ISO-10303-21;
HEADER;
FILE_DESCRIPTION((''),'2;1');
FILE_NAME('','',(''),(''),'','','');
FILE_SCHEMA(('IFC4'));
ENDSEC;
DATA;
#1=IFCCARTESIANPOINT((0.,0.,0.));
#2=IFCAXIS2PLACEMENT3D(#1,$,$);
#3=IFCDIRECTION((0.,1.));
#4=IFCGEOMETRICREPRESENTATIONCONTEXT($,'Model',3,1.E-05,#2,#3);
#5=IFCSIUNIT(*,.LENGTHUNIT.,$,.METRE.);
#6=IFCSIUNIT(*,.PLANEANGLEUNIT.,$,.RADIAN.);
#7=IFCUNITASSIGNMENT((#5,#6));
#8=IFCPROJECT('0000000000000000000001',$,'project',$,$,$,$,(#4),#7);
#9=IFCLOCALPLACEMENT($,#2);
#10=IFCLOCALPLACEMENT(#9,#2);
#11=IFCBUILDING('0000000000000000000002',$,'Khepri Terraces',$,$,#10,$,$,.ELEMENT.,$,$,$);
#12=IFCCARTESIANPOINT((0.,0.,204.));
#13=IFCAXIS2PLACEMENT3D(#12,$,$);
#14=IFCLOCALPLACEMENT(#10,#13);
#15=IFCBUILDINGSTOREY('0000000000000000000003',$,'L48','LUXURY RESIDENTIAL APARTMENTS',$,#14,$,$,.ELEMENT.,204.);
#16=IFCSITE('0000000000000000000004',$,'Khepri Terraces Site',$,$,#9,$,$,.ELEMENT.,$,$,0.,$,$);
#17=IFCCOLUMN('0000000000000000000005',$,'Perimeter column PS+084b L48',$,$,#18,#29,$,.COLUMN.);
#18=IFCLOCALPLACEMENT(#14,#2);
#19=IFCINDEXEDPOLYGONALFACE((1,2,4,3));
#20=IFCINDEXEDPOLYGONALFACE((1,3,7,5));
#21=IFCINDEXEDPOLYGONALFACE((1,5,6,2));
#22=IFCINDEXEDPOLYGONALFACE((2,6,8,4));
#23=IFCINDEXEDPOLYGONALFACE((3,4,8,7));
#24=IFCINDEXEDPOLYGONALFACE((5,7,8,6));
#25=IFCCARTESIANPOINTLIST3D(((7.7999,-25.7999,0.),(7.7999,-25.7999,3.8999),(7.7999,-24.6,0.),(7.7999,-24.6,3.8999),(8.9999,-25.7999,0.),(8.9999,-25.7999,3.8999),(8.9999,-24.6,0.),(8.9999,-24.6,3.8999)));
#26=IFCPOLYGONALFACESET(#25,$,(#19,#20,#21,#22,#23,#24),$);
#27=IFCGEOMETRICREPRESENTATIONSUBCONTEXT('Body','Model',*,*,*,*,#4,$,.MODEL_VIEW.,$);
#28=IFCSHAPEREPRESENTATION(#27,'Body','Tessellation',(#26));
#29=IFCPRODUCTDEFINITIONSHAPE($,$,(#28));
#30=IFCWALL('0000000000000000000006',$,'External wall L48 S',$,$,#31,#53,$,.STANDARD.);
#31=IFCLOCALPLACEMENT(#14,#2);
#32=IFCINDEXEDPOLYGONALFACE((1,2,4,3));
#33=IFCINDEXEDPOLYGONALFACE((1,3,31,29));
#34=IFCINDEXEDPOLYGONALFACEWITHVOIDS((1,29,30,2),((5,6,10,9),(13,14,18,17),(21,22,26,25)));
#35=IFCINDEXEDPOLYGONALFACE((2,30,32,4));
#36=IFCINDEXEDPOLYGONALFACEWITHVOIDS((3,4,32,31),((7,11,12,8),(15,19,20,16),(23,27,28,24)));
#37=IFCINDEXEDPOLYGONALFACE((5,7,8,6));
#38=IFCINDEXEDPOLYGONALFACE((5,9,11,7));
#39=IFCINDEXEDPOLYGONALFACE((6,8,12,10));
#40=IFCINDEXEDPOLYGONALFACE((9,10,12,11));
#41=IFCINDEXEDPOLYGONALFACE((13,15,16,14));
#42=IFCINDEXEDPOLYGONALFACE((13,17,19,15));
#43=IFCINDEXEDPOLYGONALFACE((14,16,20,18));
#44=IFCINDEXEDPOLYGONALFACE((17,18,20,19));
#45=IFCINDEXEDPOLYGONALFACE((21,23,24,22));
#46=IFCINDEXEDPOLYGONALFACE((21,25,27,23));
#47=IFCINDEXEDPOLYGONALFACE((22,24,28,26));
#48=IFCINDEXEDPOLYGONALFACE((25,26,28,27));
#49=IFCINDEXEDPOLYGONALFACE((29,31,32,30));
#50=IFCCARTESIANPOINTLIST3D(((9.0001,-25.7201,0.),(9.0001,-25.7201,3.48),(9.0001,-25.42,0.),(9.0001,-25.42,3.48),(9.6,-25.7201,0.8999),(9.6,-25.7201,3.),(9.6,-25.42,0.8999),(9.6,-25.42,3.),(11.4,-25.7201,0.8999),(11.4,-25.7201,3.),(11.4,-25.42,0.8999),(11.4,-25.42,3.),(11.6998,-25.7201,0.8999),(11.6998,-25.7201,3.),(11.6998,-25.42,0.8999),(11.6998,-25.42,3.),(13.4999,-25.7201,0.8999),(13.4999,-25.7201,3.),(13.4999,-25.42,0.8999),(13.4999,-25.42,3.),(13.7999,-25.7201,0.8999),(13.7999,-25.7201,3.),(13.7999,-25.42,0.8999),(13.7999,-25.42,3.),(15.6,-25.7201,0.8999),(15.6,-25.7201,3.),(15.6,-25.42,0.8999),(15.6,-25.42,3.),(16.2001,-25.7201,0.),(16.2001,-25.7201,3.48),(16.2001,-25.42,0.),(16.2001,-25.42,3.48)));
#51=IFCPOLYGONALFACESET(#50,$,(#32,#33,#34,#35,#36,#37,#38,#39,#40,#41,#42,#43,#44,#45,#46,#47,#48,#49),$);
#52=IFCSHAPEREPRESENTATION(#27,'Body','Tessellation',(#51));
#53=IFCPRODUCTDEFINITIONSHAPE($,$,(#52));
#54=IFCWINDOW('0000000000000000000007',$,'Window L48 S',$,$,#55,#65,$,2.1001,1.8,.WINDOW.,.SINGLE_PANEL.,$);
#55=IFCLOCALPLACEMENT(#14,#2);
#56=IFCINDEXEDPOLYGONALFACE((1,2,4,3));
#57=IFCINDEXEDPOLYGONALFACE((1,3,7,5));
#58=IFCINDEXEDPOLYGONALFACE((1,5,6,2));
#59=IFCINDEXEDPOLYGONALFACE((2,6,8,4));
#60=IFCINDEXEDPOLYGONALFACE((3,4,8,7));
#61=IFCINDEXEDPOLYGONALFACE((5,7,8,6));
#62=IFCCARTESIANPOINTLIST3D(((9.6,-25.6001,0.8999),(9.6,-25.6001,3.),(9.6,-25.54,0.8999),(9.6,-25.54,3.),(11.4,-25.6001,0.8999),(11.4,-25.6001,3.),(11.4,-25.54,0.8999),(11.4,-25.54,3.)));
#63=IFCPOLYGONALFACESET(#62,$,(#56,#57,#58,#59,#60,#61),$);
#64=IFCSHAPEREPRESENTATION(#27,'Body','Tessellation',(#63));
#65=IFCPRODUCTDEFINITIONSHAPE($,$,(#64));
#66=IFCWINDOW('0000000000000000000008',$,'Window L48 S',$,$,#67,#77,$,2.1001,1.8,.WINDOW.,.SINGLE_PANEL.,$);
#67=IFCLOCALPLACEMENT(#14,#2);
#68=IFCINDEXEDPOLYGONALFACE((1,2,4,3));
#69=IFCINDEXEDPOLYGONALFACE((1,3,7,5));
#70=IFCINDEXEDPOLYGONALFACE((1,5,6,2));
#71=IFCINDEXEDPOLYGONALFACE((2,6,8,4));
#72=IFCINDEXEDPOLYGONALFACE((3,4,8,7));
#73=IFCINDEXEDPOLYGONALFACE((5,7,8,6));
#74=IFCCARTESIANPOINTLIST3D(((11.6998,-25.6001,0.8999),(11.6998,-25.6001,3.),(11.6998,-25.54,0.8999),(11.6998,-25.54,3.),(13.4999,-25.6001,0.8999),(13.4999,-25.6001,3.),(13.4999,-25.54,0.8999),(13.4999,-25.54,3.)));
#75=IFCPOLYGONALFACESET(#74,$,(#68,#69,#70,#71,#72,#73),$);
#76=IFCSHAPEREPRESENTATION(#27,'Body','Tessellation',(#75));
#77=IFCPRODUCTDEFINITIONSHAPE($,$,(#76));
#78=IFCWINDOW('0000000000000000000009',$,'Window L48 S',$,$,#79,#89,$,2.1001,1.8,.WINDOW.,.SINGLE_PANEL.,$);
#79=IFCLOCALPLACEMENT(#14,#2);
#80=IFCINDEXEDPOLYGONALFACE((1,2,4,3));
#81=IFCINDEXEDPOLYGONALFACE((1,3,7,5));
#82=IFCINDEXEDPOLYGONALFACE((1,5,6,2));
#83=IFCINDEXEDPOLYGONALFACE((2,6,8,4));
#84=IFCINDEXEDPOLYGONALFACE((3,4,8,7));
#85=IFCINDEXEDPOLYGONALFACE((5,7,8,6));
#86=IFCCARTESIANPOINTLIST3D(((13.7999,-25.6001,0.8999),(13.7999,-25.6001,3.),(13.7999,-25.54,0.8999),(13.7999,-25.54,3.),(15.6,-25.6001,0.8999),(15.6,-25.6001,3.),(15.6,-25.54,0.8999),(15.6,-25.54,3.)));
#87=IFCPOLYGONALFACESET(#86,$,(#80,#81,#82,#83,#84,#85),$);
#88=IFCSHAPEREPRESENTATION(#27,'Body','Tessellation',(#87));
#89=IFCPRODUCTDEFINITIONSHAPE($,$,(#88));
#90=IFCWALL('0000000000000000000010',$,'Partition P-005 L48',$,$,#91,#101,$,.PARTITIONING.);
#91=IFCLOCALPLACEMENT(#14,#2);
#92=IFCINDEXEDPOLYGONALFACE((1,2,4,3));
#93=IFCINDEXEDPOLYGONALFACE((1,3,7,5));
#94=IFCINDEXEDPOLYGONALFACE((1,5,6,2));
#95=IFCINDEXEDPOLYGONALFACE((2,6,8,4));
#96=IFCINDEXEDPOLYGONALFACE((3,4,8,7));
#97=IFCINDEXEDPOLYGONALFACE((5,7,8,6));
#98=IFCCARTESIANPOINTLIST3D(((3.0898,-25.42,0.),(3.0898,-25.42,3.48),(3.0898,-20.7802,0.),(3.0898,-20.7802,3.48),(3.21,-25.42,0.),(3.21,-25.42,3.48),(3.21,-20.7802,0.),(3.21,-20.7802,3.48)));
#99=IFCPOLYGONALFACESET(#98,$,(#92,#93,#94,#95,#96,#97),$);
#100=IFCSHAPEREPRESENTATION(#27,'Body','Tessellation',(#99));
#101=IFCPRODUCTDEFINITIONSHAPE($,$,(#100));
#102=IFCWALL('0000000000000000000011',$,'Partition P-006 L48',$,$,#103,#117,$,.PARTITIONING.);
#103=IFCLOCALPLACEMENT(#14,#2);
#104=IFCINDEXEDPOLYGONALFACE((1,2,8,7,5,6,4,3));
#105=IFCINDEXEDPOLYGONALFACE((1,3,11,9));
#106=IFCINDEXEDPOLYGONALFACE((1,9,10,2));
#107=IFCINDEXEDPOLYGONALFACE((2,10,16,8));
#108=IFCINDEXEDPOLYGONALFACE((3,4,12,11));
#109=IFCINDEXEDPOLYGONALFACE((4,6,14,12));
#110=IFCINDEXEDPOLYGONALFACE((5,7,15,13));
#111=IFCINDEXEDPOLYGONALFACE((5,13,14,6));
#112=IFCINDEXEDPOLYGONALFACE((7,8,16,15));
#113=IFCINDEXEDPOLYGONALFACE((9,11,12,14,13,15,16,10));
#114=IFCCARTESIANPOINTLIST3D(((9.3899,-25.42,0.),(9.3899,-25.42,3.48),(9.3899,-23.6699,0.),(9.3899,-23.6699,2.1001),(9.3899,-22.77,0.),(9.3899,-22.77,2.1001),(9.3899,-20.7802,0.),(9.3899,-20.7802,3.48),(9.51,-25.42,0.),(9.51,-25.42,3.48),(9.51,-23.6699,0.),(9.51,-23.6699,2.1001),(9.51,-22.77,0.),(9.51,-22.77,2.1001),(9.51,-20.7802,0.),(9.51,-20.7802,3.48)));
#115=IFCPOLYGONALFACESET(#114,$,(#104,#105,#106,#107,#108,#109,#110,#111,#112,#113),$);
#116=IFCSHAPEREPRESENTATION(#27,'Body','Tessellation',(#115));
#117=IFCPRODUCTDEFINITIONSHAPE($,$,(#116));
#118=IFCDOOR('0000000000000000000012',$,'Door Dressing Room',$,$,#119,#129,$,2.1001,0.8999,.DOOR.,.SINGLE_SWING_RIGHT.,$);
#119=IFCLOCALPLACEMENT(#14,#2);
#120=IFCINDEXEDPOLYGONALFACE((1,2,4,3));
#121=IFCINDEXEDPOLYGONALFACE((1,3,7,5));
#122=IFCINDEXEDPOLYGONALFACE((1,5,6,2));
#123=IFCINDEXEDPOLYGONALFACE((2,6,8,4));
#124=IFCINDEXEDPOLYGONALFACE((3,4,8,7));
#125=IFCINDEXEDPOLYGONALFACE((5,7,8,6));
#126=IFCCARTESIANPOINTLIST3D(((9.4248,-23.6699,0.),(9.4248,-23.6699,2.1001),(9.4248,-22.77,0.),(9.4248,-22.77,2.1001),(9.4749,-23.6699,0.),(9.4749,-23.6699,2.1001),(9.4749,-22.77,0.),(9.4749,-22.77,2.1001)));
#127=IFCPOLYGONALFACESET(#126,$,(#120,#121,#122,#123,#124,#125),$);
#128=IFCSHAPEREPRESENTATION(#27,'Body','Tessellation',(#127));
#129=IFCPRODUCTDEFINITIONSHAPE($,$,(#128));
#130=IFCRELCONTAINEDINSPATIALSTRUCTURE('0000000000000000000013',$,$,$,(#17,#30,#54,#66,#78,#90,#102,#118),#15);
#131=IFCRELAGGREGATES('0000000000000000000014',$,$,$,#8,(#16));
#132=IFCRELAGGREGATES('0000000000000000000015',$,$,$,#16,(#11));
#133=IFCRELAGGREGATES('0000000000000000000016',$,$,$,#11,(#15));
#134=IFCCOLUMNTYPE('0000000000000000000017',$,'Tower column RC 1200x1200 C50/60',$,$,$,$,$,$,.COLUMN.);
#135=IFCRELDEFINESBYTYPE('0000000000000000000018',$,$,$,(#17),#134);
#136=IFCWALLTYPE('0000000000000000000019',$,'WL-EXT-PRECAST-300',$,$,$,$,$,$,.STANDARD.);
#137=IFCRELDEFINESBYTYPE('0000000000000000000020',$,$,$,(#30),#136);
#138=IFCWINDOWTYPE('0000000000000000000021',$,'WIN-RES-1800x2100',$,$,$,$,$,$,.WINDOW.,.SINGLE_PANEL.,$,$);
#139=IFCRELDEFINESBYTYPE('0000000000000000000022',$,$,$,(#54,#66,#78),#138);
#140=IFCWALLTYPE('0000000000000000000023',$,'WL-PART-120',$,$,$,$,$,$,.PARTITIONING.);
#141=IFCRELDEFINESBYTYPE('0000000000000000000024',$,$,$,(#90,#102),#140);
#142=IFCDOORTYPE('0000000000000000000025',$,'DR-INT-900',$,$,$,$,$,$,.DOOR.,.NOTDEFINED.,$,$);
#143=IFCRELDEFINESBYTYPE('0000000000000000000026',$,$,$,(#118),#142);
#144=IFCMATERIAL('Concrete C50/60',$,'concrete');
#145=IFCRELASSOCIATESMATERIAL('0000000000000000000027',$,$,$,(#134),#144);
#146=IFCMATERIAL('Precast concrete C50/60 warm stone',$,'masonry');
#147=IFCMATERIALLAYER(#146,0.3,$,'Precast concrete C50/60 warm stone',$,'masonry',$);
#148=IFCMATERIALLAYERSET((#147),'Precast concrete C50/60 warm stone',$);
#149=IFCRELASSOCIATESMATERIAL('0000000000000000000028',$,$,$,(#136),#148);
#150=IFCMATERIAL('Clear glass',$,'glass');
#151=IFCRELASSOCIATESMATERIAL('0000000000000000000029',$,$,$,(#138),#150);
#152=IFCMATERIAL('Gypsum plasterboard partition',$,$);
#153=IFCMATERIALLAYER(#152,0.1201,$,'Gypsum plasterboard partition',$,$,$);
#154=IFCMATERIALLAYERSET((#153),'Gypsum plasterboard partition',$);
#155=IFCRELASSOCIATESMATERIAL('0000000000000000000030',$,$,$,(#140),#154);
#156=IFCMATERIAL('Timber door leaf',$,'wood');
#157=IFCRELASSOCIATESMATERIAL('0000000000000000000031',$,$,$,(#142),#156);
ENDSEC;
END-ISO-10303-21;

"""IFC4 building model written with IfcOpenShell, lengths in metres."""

from ifc_helpers import new_model, si_unit, direction, frame, frame_2d, origin, origin_2d, place, context, subcontext, project, spatial, rectangle, extrude, material, layer, layer_set, material_profile, profile_set, type_object, element, fill, save


model = new_model("IFC4")

# Units and contexts
model_context = context("Model", 3, precision=1e-05, world=origin(), true_north=direction((0.0, 1.0)))
body_context = subcontext(model_context, "Body", "Model", "MODEL_VIEW")
ifc_project = project(units=[si_unit("LENGTHUNIT", "METRE"), si_unit("PLANEANGLEUNIT", "RADIAN")], contexts=[model_context])

# Site, building, storey
site_placement = place(None, origin())
site = spatial("IfcSite", under=ifc_project, at=site_placement, Name="Khepri Terraces Site", CompositionType="ELEMENT", RefElevation=0.0)
building_placement = place(site_placement, origin())
building = spatial("IfcBuilding", under=site, at=building_placement, Name="Khepri Terraces", CompositionType="ELEMENT")
storey_placement = place(building_placement, frame((0.0, 0.0, 204.0)))
storey = spatial("IfcBuildingStorey", under=building, at=storey_placement, Name="L48", Description="LUXURY RESIDENTIAL APARTMENTS", CompositionType="ELEMENT", Elevation=204.0)

# Column
ifc_material_1 = material(Name="Concrete C50/60", Category="concrete")
ifc_material_profile = material_profile(ifc_material_1, rectangle(XDim=1.2, YDim=1.2, at=origin_2d()), Name="Concrete C50/60", Category="concrete")
ifc_profile_set = profile_set([ifc_material_profile], Name="Concrete C50/60")
column_type = type_object("IfcColumnType", Name="Tower column RC 1200x1200 C50/60", PredefinedType="COLUMN", material=ifc_profile_set)
column_placement = place(storey_placement, frame((8.3999, -25.2, 0.0), z_axis=(0.0, 0.0, 1.0), x_axis=(1.0, 0.0, 0.0)))
element("IfcColumn", 1, at=column_placement, inside=storey, type_object=column_type, Name="Perimeter column PS+084b L48", PredefinedType="COLUMN", context=body_context, shape_type="SweptSolid", body=[
    extrude(rectangle(XDim=1.2, YDim=1.2, at=origin_2d()), origin(), (0.0, 0.0, 1.0), 3.8999),
])

# Shared definitions
ifc_material_2 = material(Name="Precast concrete C50/60 warm stone", Category="masonry")
ifc_layer_1 = layer(ifc_material_2, 0.3, Name="Precast concrete C50/60 warm stone", Category="masonry")
ifc_layer_set_1 = layer_set([ifc_layer_1], Name="Precast concrete C50/60 warm stone")
wall_type_1 = type_object("IfcWallType", Name="WL-EXT-PRECAST-300", PredefinedType="STANDARD", material=ifc_layer_set_1)
ifc_material_3 = material(Name="Clear glass", Category="glass")
window_type = type_object("IfcWindowType", Name="WIN-RES-1800x2100", PartitioningType="SINGLE_PANEL", PredefinedType="WINDOW", material=ifc_material_3)

# Wall, openings, windows
wall_1_placement = place(storey_placement, frame((9.0, -25.5701, 0.0), z_axis=(0.0, 0.0, 1.0), x_axis=(1.0, 0.0, 0.0)))
wall_1 = element("IfcWall", 2, at=wall_1_placement, inside=storey, type_object=wall_type_1, Name="External wall L48 S", PredefinedType="STANDARD", context=body_context, shape_type="SweptSolid", body=[
    extrude(rectangle(XDim=7.2, YDim=0.3, at=frame_2d((3.6001, 0.0))), origin(), (0.0, 0.0, 1.0), 3.48),
])
opening_1_placement = place(wall_1_placement, frame((0.6001, 0.0, 0.8999)))
opening_1 = element("IfcOpeningElement", 3, at=opening_1_placement, cuts=wall_1, PredefinedType="OPENING", context=body_context, shape_type="SweptSolid", body=[
    extrude(rectangle(XDim=1.8, YDim=2.1001, at=frame_2d((0.8999, 1.05))), frame((0.0, 0.1602, 0.0), z_axis=(0.0, -1.0, 0.0), x_axis=(1.0, 0.0, 0.0)), (0.0, 0.0, 1.0), 0.3201),
])
opening_2_placement = place(wall_1_placement, frame((2.7, 0.0, 0.8999)))
opening_2 = element("IfcOpeningElement", 4, at=opening_2_placement, cuts=wall_1, PredefinedType="OPENING", context=body_context, shape_type="SweptSolid", body=[
    extrude(rectangle(XDim=1.8, YDim=2.1001, at=frame_2d((0.8999, 1.05))), frame((0.0, 0.1602, 0.0), z_axis=(0.0, -1.0, 0.0), x_axis=(1.0, 0.0, 0.0)), (0.0, 0.0, 1.0), 0.3201),
])
opening_3_placement = place(wall_1_placement, frame((4.8, 0.0, 0.8999)))
opening_3 = element("IfcOpeningElement", 5, at=opening_3_placement, cuts=wall_1, PredefinedType="OPENING", context=body_context, shape_type="SweptSolid", body=[
    extrude(rectangle(XDim=1.8, YDim=2.1001, at=frame_2d((0.8999, 1.05))), frame((0.0, 0.1602, 0.0), z_axis=(0.0, -1.0, 0.0), x_axis=(1.0, 0.0, 0.0)), (0.0, 0.0, 1.0), 0.3201),
])
window_1_placement = place(opening_1_placement, origin())
window_1 = element("IfcWindow", 6, at=window_1_placement, inside=storey, type_object=window_type, Name="Window L48 S", OverallHeight=2.1001, OverallWidth=1.8, PartitioningType="SINGLE_PANEL", PredefinedType="WINDOW", context=body_context, shape_type="SweptSolid", body=[
    extrude(rectangle(XDim=1.8, YDim=2.1001, at=frame_2d((0.8999, 1.05))), frame((0.0, 0.03, 0.0), z_axis=(0.0, -1.0, 0.0), x_axis=(1.0, 0.0, 0.0)), (0.0, 0.0, 1.0), 0.0601),
])
fill(opening_1, window_1)
window_2_placement = place(opening_2_placement, origin())
window_2 = element("IfcWindow", 7, at=window_2_placement, inside=storey, type_object=window_type, Name="Window L48 S", OverallHeight=2.1001, OverallWidth=1.8, PartitioningType="SINGLE_PANEL", PredefinedType="WINDOW", context=body_context, shape_type="SweptSolid", body=[
    extrude(rectangle(XDim=1.8, YDim=2.1001, at=frame_2d((0.8999, 1.05))), frame((0.0, 0.03, 0.0), z_axis=(0.0, -1.0, 0.0), x_axis=(1.0, 0.0, 0.0)), (0.0, 0.0, 1.0), 0.0601),
])
fill(opening_2, window_2)
window_3_placement = place(opening_3_placement, origin())
window_3 = element("IfcWindow", 8, at=window_3_placement, inside=storey, type_object=window_type, Name="Window L48 S", OverallHeight=2.1001, OverallWidth=1.8, PartitioningType="SINGLE_PANEL", PredefinedType="WINDOW", context=body_context, shape_type="SweptSolid", body=[
    extrude(rectangle(XDim=1.8, YDim=2.1001, at=frame_2d((0.8999, 1.05))), frame((0.0, 0.03, 0.0), z_axis=(0.0, -1.0, 0.0), x_axis=(1.0, 0.0, 0.0)), (0.0, 0.0, 1.0), 0.0601),
])
fill(opening_3, window_3)

# Wall
ifc_material_4 = material(Name="Gypsum plasterboard partition")
ifc_layer_2 = layer(ifc_material_4, 0.1201, Name="Gypsum plasterboard partition")
ifc_layer_set_2 = layer_set([ifc_layer_2], Name="Gypsum plasterboard partition")
wall_type_2 = type_object("IfcWallType", Name="WL-PART-120", PredefinedType="PARTITIONING", material=ifc_layer_set_2)
wall_2_placement = place(storey_placement, frame((3.1499, -25.4199, 0.0), z_axis=(0.0, 0.0, 1.0), x_axis=(0.0, 1.0, 0.0)))
element("IfcWall", 9, at=wall_2_placement, inside=storey, type_object=wall_type_2, Name="Partition P-005 L48", PredefinedType="PARTITIONING", context=body_context, shape_type="SweptSolid", body=[
    extrude(rectangle(XDim=4.6399, YDim=0.1201, at=frame_2d((2.3198, 0.0))), origin(), (0.0, 0.0, 1.0), 3.48),
])

# Wall, opening, door
wall_3_placement = place(storey_placement, frame((9.45, -25.4199, 0.0), z_axis=(0.0, 0.0, 1.0), x_axis=(0.0, 1.0, 0.0)))
wall_3 = element("IfcWall", 10, at=wall_3_placement, inside=storey, type_object=wall_type_2, Name="Partition P-006 L48", PredefinedType="PARTITIONING", context=body_context, shape_type="SweptSolid", body=[
    extrude(rectangle(XDim=4.6399, YDim=0.1201, at=frame_2d((2.3198, 0.0))), origin(), (0.0, 0.0, 1.0), 3.48),
])
opening_4_placement = place(wall_3_placement, frame((1.75, 0.0, 0.0)))
opening_4 = element("IfcOpeningElement", 11, at=opening_4_placement, cuts=wall_3, PredefinedType="OPENING", context=body_context, shape_type="SweptSolid", body=[
    extrude(rectangle(XDim=0.8999, YDim=2.1001, at=frame_2d((0.45, 1.05))), frame((0.0, 0.0701, 0.0), z_axis=(0.0, -1.0, 0.0), x_axis=(1.0, 0.0, 0.0)), (0.0, 0.0, 1.0), 0.1401),
])
ifc_material_5 = material(Name="Timber door leaf", Category="wood")
door_type_1 = type_object("IfcDoorType", Name="DR-INT-900", OperationType="NOTDEFINED", PredefinedType="DOOR", material=ifc_material_5)
door_1_placement = place(opening_4_placement, frame((0.8999, 0.0, 0.0), z_axis=(0.0, 0.0, 1.0), x_axis=(-1.0, 0.0, 0.0)))
door_1 = element("IfcDoor", 12, at=door_1_placement, inside=storey, type_object=door_type_1, Name="Door Dressing Room", OperationType="SINGLE_SWING_RIGHT", OverallHeight=2.1001, OverallWidth=0.8999, PredefinedType="DOOR", context=body_context, shape_type="SweptSolid", body=[
    extrude(rectangle(XDim=0.8999, YDim=2.1001, at=frame_2d((0.45, 1.05))), frame((0.0, 0.0249, 0.0), z_axis=(0.0, -1.0, 0.0), x_axis=(1.0, 0.0, 0.0)), (0.0, 0.0, 1.0), 0.05),
])
fill(opening_4, door_1)

save(model, "model.ifc")
